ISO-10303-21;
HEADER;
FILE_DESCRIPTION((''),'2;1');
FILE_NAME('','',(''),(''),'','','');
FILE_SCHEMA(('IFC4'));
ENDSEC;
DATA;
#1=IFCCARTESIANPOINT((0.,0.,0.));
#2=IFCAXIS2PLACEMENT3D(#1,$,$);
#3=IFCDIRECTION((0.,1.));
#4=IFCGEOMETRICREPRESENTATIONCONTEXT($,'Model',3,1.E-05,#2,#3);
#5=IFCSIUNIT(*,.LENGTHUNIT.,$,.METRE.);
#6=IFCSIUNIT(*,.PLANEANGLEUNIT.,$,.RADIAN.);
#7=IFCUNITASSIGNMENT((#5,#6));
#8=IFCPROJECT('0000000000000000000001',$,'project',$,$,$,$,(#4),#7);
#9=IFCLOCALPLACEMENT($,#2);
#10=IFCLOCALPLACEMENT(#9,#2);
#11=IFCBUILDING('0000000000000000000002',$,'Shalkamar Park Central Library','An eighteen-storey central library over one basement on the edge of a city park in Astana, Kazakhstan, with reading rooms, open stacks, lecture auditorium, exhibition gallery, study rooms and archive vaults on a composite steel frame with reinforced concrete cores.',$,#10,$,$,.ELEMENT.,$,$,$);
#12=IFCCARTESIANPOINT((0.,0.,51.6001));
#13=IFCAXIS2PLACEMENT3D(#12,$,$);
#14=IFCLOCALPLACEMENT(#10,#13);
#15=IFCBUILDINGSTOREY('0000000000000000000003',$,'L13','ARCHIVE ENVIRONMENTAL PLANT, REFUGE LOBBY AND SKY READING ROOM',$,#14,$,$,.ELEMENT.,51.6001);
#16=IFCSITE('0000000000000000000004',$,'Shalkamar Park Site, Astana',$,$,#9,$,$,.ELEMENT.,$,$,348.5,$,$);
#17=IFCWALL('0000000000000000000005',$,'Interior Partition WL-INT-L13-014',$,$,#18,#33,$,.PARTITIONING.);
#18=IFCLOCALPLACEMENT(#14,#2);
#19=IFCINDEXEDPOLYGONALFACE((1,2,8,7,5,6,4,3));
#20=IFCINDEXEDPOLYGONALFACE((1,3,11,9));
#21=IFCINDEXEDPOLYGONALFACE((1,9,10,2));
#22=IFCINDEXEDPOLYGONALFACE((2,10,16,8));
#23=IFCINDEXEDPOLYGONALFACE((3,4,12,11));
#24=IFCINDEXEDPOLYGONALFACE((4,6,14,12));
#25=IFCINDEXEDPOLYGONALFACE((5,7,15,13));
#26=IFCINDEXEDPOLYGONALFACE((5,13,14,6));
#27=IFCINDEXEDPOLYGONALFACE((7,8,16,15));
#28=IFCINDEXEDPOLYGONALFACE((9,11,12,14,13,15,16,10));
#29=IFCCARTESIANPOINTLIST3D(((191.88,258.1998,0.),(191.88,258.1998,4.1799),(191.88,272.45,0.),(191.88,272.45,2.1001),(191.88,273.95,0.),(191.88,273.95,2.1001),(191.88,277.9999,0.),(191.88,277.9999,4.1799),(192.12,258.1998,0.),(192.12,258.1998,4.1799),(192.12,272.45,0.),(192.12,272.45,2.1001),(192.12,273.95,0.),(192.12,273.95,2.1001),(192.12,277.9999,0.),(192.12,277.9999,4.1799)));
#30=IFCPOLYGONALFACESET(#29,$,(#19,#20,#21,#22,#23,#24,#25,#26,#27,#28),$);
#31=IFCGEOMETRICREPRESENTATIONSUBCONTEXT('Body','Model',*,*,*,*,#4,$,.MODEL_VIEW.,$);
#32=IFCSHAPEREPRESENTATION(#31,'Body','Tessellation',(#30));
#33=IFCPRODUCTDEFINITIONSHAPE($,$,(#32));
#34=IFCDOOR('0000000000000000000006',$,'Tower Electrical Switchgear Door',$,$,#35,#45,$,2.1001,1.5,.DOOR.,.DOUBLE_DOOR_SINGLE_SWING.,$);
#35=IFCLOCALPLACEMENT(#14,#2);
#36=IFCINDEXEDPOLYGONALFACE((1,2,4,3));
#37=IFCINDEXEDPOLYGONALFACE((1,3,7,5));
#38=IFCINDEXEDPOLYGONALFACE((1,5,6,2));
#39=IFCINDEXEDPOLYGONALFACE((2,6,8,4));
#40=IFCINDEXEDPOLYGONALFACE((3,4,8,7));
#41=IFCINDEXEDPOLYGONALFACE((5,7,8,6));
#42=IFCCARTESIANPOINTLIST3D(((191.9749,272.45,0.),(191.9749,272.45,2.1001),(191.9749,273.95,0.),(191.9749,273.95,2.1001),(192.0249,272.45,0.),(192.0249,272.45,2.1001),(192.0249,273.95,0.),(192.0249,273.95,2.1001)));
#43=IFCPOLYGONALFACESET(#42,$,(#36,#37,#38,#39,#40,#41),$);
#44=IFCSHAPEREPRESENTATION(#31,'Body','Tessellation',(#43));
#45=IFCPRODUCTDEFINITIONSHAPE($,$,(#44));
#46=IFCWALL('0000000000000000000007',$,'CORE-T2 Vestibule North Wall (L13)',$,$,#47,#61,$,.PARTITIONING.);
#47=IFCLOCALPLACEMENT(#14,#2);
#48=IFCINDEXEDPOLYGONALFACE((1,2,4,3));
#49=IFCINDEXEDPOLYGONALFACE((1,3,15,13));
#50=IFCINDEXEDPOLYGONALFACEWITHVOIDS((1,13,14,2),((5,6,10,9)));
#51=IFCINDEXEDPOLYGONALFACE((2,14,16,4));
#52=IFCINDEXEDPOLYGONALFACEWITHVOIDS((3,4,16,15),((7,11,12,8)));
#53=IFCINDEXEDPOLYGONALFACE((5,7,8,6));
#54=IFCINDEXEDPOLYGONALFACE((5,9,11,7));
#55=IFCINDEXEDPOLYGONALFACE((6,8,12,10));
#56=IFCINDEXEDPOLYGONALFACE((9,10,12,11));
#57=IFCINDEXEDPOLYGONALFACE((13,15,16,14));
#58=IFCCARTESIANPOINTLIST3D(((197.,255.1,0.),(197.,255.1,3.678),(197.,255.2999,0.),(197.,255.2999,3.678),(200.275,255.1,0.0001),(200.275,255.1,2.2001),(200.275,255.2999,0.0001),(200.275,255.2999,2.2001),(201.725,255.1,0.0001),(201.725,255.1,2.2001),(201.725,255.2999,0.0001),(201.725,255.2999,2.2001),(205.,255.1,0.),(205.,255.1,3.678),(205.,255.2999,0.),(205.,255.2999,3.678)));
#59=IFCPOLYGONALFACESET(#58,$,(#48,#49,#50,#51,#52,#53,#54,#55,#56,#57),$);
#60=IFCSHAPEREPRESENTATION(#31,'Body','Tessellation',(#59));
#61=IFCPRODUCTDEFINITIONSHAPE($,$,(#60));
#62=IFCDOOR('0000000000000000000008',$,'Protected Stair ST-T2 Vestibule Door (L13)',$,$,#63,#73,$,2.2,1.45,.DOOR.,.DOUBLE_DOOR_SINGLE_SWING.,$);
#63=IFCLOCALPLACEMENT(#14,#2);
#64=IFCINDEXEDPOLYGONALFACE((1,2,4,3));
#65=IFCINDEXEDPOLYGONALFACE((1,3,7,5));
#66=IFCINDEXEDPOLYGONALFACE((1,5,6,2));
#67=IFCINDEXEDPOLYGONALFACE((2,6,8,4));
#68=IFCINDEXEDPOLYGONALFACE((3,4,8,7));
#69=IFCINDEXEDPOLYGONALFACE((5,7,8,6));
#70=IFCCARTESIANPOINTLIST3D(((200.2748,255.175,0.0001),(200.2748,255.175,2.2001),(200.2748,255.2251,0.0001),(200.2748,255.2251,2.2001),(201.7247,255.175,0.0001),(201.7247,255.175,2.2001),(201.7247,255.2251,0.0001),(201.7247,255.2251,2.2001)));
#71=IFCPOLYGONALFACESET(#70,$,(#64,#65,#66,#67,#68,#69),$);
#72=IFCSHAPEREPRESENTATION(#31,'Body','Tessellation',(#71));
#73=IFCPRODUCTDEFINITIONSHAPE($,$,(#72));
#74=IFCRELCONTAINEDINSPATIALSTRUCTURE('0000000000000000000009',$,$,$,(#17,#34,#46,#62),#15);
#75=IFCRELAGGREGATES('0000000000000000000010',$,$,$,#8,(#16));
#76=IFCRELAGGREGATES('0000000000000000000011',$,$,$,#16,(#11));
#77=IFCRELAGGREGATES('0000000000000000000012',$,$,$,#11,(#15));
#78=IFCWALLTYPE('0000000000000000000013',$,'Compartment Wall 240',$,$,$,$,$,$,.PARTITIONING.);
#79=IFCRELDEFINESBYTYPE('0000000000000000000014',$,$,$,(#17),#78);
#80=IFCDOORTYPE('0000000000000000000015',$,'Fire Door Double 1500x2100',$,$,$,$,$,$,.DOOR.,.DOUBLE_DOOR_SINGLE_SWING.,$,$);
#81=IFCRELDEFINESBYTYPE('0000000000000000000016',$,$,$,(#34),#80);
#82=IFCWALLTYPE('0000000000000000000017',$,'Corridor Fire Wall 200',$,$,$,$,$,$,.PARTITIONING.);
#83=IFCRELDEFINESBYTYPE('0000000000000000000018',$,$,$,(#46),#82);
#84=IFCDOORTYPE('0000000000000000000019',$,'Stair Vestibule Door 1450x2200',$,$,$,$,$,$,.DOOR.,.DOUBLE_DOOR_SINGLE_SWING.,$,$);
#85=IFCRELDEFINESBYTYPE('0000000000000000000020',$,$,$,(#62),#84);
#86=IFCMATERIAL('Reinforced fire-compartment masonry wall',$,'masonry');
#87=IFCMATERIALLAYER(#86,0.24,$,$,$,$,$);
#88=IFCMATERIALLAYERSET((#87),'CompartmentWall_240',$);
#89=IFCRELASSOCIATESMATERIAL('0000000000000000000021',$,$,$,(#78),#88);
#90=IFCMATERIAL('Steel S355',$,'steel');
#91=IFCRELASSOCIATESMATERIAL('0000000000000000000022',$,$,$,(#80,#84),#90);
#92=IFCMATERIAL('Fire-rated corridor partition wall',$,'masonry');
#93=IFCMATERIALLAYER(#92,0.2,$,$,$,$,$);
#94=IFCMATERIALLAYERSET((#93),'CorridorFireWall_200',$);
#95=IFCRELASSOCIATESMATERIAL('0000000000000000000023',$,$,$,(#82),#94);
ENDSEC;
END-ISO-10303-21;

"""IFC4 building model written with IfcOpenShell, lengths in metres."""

from ifc_helpers import new_model, si_unit, direction, frame, frame_2d, origin, place, context, subcontext, project, spatial, rectangle, extrude, material, layer, layer_set, type_object, element, fill, save


model = new_model("IFC4")

# Units and contexts
model_context = context("Model", 3, precision=1e-05, world=origin(), true_north=direction((0.0, 1.0)))
body_context = subcontext(model_context, "Body", "Model", "MODEL_VIEW")
ifc_project = project(units=[si_unit("LENGTHUNIT", "METRE"), si_unit("PLANEANGLEUNIT", "RADIAN")], contexts=[model_context])

# Site, building, storey
site_placement = place(None, origin())
site = spatial("IfcSite", under=ifc_project, at=site_placement, Name="Shalkamar Park Site, Astana", CompositionType="ELEMENT", RefElevation=348.5)
building_placement = place(site_placement, origin())
building = spatial("IfcBuilding", under=site, at=building_placement, Name="Shalkamar Park Central Library", Description="An eighteen-storey central library over one basement on the edge of a city park in Astana, Kazakhstan, with reading rooms, open stacks, lecture auditorium, exhibition gallery, study rooms and archive vaults on a composite steel frame with reinforced concrete cores.", CompositionType="ELEMENT")
storey_placement = place(building_placement, frame((0.0, 0.0, 51.6001)))
storey = spatial("IfcBuildingStorey", under=building, at=storey_placement, Name="L13", Description="ARCHIVE ENVIRONMENTAL PLANT, REFUGE LOBBY AND SKY READING ROOM", CompositionType="ELEMENT", Elevation=51.6001)

# Shared definitions
ifc_material_1 = material(Name="Steel S355", Category="steel")

# Walls, openings, doors
ifc_material_2 = material(Name="Reinforced fire-compartment masonry wall", Category="masonry")
ifc_layer_1 = layer(ifc_material_2, 0.24)
ifc_layer_set_1 = layer_set([ifc_layer_1], Name="CompartmentWall_240")
wall_type_1 = type_object("IfcWallType", Name="Compartment Wall 240", PredefinedType="PARTITIONING", material=ifc_layer_set_1)
wall_1_placement = place(storey_placement, frame((192.0, 258.2, 0.0), z_axis=(0.0, 0.0, 1.0), x_axis=(0.0, 1.0, 0.0)))
wall_1 = element("IfcWall", 1, at=wall_1_placement, inside=storey, type_object=wall_type_1, Name="Interior Partition WL-INT-L13-014", PredefinedType="PARTITIONING", context=body_context, shape_type="SweptSolid", body=[
    extrude(rectangle(XDim=19.8, YDim=0.24, at=frame_2d((9.8999, 0.0))), origin(), (0.0, 0.0, 1.0), 4.1799),
])
opening_1_placement = place(wall_1_placement, frame((14.25, 0.0, 0.0)))
opening_1 = element("IfcOpeningElement", 2, at=opening_1_placement, cuts=wall_1, PredefinedType="OPENING", context=body_context, shape_type="SweptSolid", body=[
    extrude(rectangle(XDim=1.5, YDim=2.1001, at=frame_2d((0.75, 1.05))), frame((0.0, 0.1348, 0.0), z_axis=(0.0, -1.0, 0.0), x_axis=(1.0, 0.0, 0.0)), (0.0, 0.0, 1.0), 0.2698),
])
door_type_1 = type_object("IfcDoorType", Name="Fire Door Double 1500x2100", OperationType="DOUBLE_DOOR_SINGLE_SWING", PredefinedType="DOOR", material=ifc_material_1)
door_1_placement = place(opening_1_placement, frame((1.5, 0.0, 0.0), z_axis=(0.0, 0.0, 1.0), x_axis=(-1.0, 0.0, 0.0)))
door_1 = element("IfcDoor", 3, at=door_1_placement, inside=storey, type_object=door_type_1, Name="Tower Electrical Switchgear Door", OperationType="DOUBLE_DOOR_SINGLE_SWING", OverallHeight=2.1001, OverallWidth=1.5, PredefinedType="DOOR", context=body_context, shape_type="SweptSolid", body=[
    extrude(rectangle(XDim=1.5, YDim=2.1001, at=frame_2d((0.75, 1.05))), frame((0.0, 0.0249, 0.0), z_axis=(0.0, -1.0, 0.0), x_axis=(1.0, 0.0, 0.0)), (0.0, 0.0, 1.0), 0.05),
])
fill(opening_1, door_1)
ifc_material_3 = material(Name="Fire-rated corridor partition wall", Category="masonry")
ifc_layer_2 = layer(ifc_material_3, 0.2)
ifc_layer_set_2 = layer_set([ifc_layer_2], Name="CorridorFireWall_200")
wall_type_2 = type_object("IfcWallType", Name="Corridor Fire Wall 200", PredefinedType="PARTITIONING", material=ifc_layer_set_2)
wall_2_placement = place(storey_placement, frame((197.0, 255.2, 0.0), z_axis=(0.0, 0.0, 1.0), x_axis=(1.0, 0.0, 0.0)))
wall_2 = element("IfcWall", 4, at=wall_2_placement, inside=storey, type_object=wall_type_2, Name="CORE-T2 Vestibule North Wall (L13)", PredefinedType="PARTITIONING", context=body_context, shape_type="SweptSolid", body=[
    extrude(rectangle(XDim=8.0, YDim=0.2, at=frame_2d((4.0, 0.0))), origin(), (0.0, 0.0, 1.0), 3.678),
])
opening_2_placement = place(wall_2_placement, frame((3.2749, 0.0, 0.0)))
opening_2 = element("IfcOpeningElement", 5, at=opening_2_placement, cuts=wall_2, PredefinedType="OPENING", context=body_context, shape_type="SweptSolid", body=[
    extrude(rectangle(XDim=1.45, YDim=2.2, at=frame_2d((0.7251, 1.1001))), frame((0.0, 0.1147, 0.0), z_axis=(0.0, -1.0, 0.0), x_axis=(1.0, 0.0, 0.0)), (0.0, 0.0, 1.0), 0.2297),
])
door_type_2 = type_object("IfcDoorType", Name="Stair Vestibule Door 1450x2200", OperationType="DOUBLE_DOOR_SINGLE_SWING", PredefinedType="DOOR", material=ifc_material_1)
door_2_placement = place(opening_2_placement, frame((1.45, 0.0, 0.0), z_axis=(0.0, 0.0, 1.0), x_axis=(-1.0, 0.0, 0.0)))
door_2 = element("IfcDoor", 6, at=door_2_placement, inside=storey, type_object=door_type_2, Name="Protected Stair ST-T2 Vestibule Door (L13)", OperationType="DOUBLE_DOOR_SINGLE_SWING", OverallHeight=2.2, OverallWidth=1.45, PredefinedType="DOOR", context=body_context, shape_type="SweptSolid", body=[
    extrude(rectangle(XDim=1.45, YDim=2.2, at=frame_2d((0.7251, 1.1001))), frame((0.0, 0.0249, 0.0), z_axis=(0.0, -1.0, 0.0), x_axis=(1.0, 0.0, 0.0)), (0.0, 0.0, 1.0), 0.05),
])
fill(opening_2, door_2)

save(model, "model.ifc")
